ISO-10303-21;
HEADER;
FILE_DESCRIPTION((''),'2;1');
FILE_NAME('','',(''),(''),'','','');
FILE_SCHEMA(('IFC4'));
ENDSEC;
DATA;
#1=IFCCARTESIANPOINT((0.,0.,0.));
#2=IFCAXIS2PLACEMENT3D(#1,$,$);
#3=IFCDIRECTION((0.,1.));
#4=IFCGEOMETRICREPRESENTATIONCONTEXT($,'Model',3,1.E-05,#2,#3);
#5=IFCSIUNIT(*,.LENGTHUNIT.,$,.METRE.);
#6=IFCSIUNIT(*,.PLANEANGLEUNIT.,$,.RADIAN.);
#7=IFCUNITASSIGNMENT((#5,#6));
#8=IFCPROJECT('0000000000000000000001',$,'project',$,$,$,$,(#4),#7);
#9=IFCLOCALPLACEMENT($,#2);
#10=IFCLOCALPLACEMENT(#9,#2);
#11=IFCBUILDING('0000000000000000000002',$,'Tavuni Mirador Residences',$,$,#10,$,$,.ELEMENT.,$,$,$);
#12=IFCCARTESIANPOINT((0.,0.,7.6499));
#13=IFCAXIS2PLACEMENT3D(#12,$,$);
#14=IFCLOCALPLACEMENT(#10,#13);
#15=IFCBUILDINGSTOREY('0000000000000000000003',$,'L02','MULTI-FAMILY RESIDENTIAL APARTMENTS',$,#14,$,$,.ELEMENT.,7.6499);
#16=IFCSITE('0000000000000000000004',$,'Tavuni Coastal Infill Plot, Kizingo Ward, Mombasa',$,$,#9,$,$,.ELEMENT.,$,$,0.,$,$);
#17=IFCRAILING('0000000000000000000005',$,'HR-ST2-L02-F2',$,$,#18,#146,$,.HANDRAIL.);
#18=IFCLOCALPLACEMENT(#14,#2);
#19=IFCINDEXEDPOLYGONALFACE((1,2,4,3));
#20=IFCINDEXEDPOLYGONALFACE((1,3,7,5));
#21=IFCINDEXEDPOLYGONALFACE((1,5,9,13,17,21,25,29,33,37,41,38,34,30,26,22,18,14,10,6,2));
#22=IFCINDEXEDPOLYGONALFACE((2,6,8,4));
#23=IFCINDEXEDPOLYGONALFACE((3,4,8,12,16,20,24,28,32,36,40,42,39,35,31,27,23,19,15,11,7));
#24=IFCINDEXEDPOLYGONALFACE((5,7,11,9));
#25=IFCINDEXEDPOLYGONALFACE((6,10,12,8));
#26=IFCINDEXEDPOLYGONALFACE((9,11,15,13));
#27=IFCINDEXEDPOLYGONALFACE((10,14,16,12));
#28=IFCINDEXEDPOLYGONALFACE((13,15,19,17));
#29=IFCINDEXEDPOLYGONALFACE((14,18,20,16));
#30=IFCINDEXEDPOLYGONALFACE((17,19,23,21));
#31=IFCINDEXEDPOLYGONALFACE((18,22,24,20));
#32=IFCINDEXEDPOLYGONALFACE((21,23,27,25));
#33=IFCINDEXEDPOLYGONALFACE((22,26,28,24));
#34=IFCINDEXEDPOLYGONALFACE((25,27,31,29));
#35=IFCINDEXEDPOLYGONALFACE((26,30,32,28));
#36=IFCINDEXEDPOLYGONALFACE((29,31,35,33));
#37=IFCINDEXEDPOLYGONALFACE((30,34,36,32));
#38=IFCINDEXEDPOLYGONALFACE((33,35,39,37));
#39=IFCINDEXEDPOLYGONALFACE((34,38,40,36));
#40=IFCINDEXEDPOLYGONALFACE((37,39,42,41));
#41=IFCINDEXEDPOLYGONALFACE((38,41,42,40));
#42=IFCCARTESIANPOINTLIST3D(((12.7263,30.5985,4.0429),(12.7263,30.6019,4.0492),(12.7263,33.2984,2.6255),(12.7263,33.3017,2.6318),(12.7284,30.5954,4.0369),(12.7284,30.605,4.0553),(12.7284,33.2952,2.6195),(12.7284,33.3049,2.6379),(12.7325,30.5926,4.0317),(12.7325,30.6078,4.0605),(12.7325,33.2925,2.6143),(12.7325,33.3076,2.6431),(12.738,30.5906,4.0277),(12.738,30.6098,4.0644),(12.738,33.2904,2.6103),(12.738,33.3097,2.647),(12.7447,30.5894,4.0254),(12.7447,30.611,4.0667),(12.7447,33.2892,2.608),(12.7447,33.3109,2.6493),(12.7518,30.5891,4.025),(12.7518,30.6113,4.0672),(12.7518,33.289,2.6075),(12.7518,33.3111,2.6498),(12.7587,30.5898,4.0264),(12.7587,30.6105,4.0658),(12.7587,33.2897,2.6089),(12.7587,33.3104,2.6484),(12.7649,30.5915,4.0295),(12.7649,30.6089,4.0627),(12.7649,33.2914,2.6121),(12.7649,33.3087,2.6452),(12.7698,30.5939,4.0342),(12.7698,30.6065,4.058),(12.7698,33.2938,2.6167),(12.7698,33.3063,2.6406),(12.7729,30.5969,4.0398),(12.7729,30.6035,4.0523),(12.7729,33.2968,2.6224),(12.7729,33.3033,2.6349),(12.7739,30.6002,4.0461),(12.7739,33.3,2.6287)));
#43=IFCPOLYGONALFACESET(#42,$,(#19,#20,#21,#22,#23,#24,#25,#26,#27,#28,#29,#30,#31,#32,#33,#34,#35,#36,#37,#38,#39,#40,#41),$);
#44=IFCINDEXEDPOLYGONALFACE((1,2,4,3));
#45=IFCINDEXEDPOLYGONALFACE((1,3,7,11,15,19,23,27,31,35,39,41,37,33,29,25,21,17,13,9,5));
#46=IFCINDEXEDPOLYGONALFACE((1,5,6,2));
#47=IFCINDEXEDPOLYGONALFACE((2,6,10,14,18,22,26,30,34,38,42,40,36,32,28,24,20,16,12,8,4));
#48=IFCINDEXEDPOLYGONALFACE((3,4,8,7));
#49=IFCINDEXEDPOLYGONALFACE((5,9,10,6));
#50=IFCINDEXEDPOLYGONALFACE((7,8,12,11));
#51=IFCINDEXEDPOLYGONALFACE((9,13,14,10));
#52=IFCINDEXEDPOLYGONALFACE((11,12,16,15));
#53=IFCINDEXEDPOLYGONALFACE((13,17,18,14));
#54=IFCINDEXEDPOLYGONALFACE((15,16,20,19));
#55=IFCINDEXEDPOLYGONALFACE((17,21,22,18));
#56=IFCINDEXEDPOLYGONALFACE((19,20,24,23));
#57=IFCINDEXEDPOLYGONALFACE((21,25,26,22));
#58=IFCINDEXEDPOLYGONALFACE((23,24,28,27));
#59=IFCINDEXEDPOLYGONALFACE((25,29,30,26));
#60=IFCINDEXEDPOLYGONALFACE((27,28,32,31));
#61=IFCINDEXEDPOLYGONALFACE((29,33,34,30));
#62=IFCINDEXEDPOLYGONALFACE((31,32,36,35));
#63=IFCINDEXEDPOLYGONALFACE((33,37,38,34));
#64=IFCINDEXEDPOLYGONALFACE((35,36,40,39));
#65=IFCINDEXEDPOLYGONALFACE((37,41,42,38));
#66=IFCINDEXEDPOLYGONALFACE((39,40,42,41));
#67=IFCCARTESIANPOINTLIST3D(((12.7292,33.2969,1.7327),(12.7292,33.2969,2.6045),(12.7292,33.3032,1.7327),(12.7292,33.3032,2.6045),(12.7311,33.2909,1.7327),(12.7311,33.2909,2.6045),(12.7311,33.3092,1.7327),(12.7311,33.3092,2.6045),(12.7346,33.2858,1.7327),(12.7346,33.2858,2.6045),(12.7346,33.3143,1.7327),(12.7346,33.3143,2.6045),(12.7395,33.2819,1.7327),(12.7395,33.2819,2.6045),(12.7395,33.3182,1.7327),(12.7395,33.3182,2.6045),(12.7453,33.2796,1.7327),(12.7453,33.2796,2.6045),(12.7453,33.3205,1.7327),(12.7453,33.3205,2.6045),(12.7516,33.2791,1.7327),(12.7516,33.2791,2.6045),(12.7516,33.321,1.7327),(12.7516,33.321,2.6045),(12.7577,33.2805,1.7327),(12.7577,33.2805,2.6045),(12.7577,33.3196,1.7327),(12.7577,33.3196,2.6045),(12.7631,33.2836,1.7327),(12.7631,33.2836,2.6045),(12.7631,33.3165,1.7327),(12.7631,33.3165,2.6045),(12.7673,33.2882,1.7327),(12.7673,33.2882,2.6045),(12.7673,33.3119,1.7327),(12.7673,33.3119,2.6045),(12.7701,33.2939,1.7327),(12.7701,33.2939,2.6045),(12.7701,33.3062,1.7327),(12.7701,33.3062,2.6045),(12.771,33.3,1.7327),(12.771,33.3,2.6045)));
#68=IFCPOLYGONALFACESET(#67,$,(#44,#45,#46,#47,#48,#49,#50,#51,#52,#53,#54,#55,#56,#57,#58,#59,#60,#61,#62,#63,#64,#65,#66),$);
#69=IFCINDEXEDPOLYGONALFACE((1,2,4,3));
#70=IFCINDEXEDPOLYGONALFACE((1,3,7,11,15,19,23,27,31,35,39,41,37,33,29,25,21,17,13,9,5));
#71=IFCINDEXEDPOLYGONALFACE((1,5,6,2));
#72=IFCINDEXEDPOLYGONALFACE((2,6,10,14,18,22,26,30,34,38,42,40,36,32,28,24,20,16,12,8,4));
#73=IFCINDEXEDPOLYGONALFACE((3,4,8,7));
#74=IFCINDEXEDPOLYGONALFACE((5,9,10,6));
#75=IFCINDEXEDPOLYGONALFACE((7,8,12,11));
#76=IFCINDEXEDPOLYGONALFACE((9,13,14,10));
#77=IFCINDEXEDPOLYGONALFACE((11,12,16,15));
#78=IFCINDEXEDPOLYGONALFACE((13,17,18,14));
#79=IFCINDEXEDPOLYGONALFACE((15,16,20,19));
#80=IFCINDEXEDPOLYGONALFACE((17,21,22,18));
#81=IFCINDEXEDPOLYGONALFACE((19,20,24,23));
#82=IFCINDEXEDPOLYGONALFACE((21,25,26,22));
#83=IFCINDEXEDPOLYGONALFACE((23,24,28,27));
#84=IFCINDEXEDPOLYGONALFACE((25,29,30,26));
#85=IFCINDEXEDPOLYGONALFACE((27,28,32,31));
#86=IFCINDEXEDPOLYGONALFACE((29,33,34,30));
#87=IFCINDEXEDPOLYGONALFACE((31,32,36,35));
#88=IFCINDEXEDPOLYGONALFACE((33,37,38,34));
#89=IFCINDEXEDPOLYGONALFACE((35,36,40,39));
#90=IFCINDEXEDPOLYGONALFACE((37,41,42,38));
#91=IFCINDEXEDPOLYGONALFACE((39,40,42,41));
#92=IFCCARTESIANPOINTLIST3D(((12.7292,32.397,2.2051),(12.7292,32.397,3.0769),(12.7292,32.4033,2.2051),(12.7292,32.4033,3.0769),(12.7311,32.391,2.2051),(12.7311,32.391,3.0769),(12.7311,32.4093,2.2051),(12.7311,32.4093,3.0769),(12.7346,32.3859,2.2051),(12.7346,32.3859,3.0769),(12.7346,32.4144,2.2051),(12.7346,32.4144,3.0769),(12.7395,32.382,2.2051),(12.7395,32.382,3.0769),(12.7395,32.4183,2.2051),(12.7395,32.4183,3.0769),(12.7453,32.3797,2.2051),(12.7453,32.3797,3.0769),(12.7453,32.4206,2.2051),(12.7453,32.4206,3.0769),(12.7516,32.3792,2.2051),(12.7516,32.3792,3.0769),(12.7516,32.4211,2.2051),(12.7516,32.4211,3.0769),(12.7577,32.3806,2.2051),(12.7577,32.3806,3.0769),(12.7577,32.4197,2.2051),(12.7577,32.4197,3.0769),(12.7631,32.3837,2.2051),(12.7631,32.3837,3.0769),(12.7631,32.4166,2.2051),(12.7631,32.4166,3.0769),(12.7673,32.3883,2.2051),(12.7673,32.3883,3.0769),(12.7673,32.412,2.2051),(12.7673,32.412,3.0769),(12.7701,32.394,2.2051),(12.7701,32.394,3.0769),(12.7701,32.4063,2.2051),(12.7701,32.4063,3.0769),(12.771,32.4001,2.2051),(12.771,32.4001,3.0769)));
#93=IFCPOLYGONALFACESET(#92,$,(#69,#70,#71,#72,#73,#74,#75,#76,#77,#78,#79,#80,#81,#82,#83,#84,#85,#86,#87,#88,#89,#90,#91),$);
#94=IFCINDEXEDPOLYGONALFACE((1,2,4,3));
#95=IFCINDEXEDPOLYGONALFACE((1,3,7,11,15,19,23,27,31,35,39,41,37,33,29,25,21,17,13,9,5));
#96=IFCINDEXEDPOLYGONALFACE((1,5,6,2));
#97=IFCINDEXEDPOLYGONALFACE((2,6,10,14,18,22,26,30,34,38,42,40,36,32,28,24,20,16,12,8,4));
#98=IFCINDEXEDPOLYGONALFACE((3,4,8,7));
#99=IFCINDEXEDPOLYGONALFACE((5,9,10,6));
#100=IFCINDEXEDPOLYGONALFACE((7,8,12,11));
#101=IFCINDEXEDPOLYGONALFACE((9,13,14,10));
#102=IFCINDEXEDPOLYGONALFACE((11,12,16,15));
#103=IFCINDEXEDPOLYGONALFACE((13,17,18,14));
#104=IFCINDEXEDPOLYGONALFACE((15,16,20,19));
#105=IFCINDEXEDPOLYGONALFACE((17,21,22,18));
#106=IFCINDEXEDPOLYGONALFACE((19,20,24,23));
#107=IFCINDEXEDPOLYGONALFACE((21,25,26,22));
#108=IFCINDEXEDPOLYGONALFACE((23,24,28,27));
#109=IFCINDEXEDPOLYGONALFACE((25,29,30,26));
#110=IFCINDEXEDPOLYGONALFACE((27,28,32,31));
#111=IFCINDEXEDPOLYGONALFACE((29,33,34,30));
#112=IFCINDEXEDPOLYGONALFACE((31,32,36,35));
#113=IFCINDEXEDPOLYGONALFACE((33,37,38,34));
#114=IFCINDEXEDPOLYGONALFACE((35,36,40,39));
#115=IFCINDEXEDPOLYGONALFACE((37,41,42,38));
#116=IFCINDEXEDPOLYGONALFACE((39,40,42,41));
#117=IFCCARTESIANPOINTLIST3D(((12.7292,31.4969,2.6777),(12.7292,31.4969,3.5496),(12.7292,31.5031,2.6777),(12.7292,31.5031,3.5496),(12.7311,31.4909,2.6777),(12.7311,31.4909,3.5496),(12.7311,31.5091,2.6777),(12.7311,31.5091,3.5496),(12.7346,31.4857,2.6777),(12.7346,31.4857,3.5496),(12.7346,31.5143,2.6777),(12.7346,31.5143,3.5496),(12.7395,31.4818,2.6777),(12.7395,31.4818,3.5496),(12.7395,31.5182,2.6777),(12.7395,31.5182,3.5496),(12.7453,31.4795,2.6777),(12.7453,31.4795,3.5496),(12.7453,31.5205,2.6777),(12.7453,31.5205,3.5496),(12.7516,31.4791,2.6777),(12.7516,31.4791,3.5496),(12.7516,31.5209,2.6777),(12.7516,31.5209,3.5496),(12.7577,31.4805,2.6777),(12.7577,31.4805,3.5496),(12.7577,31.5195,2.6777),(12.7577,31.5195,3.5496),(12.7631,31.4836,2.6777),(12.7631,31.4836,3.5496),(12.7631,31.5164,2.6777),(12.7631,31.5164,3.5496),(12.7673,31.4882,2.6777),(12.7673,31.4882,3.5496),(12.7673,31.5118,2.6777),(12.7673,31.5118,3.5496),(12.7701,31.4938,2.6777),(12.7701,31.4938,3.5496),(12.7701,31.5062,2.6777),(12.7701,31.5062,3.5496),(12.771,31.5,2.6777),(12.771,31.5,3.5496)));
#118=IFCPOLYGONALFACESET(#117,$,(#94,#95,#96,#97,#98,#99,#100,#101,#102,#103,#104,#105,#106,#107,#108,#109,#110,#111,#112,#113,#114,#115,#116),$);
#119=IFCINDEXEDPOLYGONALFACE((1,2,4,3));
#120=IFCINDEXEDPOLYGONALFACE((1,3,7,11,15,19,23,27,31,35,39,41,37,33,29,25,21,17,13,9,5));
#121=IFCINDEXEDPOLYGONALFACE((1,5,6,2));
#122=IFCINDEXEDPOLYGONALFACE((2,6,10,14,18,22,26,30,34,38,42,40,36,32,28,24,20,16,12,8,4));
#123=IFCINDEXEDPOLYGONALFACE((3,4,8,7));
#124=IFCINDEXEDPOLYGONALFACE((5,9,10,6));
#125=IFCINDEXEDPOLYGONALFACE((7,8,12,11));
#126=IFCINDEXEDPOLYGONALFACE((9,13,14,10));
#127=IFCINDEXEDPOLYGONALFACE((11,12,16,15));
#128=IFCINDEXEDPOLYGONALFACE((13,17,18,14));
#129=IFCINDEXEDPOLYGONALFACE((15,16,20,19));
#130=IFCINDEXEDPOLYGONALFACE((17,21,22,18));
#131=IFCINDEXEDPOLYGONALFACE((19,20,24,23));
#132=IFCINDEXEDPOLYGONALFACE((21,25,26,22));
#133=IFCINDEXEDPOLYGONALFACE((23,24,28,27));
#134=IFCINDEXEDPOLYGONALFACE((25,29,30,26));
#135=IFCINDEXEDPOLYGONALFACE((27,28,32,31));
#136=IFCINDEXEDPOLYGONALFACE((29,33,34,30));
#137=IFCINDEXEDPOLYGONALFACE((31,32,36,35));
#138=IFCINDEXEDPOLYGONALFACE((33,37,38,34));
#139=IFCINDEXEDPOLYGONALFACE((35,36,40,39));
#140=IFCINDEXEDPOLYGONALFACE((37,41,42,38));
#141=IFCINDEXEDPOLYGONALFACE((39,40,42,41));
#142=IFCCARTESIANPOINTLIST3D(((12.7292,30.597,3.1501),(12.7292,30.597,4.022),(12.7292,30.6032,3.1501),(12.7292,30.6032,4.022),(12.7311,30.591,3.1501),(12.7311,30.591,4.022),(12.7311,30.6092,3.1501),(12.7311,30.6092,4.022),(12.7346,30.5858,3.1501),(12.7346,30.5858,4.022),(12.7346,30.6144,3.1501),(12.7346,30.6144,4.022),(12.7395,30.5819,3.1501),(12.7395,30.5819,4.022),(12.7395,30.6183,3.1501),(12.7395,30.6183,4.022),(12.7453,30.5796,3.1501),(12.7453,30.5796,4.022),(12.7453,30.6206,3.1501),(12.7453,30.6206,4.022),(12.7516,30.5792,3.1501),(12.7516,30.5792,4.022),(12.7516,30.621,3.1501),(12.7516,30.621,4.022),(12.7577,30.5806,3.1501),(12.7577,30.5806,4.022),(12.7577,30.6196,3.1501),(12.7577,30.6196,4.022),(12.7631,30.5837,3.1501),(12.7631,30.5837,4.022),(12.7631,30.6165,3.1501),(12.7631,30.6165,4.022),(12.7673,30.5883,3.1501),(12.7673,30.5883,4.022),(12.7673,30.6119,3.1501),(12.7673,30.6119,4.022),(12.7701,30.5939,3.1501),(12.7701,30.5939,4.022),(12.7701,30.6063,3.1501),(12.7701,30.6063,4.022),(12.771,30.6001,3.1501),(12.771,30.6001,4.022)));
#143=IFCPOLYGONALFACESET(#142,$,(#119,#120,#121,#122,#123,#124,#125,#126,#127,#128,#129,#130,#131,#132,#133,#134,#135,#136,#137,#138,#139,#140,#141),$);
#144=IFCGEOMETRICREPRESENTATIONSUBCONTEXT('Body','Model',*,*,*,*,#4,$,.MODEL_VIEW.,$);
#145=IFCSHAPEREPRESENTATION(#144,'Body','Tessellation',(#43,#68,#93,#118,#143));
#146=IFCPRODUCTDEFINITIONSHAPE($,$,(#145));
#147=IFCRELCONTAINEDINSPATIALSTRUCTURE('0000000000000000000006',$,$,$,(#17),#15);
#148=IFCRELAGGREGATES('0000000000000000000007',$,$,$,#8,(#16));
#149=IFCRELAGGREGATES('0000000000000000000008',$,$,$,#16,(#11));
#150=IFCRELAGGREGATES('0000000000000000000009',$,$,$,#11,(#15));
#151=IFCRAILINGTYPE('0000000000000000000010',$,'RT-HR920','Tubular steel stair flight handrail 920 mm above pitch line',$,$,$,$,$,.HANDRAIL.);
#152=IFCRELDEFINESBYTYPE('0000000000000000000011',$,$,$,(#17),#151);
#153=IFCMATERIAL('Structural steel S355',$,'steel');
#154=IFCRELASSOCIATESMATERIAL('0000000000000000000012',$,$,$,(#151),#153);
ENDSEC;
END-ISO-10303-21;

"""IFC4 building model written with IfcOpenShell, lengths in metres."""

from ifc_helpers import new_model, si_unit, direction, frame, origin, origin_2d, place, context, subcontext, project, spatial, circle, extrude, material, type_object, element, save


model = new_model("IFC4")

# Units and contexts
model_context = context("Model", 3, precision=1e-05, world=origin(), true_north=direction((0.0, 1.0)))
body_context = subcontext(model_context, "Body", "Model", "MODEL_VIEW")
ifc_project = project(units=[si_unit("LENGTHUNIT", "METRE"), si_unit("PLANEANGLEUNIT", "RADIAN")], contexts=[model_context])

# Site, building, storey
site_placement = place(None, origin())
site = spatial("IfcSite", under=ifc_project, at=site_placement, Name="Tavuni Coastal Infill Plot, Kizingo Ward, Mombasa", CompositionType="ELEMENT", RefElevation=0.0)
building_placement = place(site_placement, origin())
building = spatial("IfcBuilding", under=site, at=building_placement, Name="Tavuni Mirador Residences", CompositionType="ELEMENT")
storey_placement = place(building_placement, frame((0.0, 0.0, 7.6499)))
storey = spatial("IfcBuildingStorey", under=building, at=storey_placement, Name="L02", Description="MULTI-FAMILY RESIDENTIAL APARTMENTS", CompositionType="ELEMENT", Elevation=7.6499)

# Railing
ifc_material_1 = material(Name="Structural steel S355", Category="steel")
railing_type_1 = type_object("IfcRailingType", Name="RT-HR920", Description="Tubular steel stair flight handrail 920 mm above pitch line", PredefinedType="HANDRAIL", material=ifc_material_1)
railing_1_placement = place(storey_placement, frame((12.75, 33.3, 1.7327)))
element("IfcRailing", 1, at=railing_1_placement, inside=storey, type_object=railing_type_1, Name="HR-ST2-L02-F2", PredefinedType="HANDRAIL", context=body_context, shape_type="SweptSolid", body=[
    extrude(circle(Radius=0.0239, at=origin_2d()), frame((0.0, 0.0, 0.896), z_axis=(0.0, -0.885397, 0.464835), x_axis=(1.0, 0.0, 0.0)), (0.0, 0.0, 1.0), 3.0493),
    extrude(circle(Radius=0.021, at=origin_2d()), origin(), (0.0, 0.0, 1.0), 0.8718),
    extrude(circle(Radius=0.021, at=origin_2d()), frame((0.0, -0.8999, 0.4724)), (0.0, 0.0, 1.0), 0.8718),
    extrude(circle(Radius=0.021, at=origin_2d()), frame((0.0, -1.8, 0.9451)), (0.0, 0.0, 1.0), 0.8718),
    extrude(circle(Radius=0.021, at=origin_2d()), frame((0.0, -2.7, 1.4175)), (0.0, 0.0, 1.0), 0.8718),
])

save(model, "model.ifc")
